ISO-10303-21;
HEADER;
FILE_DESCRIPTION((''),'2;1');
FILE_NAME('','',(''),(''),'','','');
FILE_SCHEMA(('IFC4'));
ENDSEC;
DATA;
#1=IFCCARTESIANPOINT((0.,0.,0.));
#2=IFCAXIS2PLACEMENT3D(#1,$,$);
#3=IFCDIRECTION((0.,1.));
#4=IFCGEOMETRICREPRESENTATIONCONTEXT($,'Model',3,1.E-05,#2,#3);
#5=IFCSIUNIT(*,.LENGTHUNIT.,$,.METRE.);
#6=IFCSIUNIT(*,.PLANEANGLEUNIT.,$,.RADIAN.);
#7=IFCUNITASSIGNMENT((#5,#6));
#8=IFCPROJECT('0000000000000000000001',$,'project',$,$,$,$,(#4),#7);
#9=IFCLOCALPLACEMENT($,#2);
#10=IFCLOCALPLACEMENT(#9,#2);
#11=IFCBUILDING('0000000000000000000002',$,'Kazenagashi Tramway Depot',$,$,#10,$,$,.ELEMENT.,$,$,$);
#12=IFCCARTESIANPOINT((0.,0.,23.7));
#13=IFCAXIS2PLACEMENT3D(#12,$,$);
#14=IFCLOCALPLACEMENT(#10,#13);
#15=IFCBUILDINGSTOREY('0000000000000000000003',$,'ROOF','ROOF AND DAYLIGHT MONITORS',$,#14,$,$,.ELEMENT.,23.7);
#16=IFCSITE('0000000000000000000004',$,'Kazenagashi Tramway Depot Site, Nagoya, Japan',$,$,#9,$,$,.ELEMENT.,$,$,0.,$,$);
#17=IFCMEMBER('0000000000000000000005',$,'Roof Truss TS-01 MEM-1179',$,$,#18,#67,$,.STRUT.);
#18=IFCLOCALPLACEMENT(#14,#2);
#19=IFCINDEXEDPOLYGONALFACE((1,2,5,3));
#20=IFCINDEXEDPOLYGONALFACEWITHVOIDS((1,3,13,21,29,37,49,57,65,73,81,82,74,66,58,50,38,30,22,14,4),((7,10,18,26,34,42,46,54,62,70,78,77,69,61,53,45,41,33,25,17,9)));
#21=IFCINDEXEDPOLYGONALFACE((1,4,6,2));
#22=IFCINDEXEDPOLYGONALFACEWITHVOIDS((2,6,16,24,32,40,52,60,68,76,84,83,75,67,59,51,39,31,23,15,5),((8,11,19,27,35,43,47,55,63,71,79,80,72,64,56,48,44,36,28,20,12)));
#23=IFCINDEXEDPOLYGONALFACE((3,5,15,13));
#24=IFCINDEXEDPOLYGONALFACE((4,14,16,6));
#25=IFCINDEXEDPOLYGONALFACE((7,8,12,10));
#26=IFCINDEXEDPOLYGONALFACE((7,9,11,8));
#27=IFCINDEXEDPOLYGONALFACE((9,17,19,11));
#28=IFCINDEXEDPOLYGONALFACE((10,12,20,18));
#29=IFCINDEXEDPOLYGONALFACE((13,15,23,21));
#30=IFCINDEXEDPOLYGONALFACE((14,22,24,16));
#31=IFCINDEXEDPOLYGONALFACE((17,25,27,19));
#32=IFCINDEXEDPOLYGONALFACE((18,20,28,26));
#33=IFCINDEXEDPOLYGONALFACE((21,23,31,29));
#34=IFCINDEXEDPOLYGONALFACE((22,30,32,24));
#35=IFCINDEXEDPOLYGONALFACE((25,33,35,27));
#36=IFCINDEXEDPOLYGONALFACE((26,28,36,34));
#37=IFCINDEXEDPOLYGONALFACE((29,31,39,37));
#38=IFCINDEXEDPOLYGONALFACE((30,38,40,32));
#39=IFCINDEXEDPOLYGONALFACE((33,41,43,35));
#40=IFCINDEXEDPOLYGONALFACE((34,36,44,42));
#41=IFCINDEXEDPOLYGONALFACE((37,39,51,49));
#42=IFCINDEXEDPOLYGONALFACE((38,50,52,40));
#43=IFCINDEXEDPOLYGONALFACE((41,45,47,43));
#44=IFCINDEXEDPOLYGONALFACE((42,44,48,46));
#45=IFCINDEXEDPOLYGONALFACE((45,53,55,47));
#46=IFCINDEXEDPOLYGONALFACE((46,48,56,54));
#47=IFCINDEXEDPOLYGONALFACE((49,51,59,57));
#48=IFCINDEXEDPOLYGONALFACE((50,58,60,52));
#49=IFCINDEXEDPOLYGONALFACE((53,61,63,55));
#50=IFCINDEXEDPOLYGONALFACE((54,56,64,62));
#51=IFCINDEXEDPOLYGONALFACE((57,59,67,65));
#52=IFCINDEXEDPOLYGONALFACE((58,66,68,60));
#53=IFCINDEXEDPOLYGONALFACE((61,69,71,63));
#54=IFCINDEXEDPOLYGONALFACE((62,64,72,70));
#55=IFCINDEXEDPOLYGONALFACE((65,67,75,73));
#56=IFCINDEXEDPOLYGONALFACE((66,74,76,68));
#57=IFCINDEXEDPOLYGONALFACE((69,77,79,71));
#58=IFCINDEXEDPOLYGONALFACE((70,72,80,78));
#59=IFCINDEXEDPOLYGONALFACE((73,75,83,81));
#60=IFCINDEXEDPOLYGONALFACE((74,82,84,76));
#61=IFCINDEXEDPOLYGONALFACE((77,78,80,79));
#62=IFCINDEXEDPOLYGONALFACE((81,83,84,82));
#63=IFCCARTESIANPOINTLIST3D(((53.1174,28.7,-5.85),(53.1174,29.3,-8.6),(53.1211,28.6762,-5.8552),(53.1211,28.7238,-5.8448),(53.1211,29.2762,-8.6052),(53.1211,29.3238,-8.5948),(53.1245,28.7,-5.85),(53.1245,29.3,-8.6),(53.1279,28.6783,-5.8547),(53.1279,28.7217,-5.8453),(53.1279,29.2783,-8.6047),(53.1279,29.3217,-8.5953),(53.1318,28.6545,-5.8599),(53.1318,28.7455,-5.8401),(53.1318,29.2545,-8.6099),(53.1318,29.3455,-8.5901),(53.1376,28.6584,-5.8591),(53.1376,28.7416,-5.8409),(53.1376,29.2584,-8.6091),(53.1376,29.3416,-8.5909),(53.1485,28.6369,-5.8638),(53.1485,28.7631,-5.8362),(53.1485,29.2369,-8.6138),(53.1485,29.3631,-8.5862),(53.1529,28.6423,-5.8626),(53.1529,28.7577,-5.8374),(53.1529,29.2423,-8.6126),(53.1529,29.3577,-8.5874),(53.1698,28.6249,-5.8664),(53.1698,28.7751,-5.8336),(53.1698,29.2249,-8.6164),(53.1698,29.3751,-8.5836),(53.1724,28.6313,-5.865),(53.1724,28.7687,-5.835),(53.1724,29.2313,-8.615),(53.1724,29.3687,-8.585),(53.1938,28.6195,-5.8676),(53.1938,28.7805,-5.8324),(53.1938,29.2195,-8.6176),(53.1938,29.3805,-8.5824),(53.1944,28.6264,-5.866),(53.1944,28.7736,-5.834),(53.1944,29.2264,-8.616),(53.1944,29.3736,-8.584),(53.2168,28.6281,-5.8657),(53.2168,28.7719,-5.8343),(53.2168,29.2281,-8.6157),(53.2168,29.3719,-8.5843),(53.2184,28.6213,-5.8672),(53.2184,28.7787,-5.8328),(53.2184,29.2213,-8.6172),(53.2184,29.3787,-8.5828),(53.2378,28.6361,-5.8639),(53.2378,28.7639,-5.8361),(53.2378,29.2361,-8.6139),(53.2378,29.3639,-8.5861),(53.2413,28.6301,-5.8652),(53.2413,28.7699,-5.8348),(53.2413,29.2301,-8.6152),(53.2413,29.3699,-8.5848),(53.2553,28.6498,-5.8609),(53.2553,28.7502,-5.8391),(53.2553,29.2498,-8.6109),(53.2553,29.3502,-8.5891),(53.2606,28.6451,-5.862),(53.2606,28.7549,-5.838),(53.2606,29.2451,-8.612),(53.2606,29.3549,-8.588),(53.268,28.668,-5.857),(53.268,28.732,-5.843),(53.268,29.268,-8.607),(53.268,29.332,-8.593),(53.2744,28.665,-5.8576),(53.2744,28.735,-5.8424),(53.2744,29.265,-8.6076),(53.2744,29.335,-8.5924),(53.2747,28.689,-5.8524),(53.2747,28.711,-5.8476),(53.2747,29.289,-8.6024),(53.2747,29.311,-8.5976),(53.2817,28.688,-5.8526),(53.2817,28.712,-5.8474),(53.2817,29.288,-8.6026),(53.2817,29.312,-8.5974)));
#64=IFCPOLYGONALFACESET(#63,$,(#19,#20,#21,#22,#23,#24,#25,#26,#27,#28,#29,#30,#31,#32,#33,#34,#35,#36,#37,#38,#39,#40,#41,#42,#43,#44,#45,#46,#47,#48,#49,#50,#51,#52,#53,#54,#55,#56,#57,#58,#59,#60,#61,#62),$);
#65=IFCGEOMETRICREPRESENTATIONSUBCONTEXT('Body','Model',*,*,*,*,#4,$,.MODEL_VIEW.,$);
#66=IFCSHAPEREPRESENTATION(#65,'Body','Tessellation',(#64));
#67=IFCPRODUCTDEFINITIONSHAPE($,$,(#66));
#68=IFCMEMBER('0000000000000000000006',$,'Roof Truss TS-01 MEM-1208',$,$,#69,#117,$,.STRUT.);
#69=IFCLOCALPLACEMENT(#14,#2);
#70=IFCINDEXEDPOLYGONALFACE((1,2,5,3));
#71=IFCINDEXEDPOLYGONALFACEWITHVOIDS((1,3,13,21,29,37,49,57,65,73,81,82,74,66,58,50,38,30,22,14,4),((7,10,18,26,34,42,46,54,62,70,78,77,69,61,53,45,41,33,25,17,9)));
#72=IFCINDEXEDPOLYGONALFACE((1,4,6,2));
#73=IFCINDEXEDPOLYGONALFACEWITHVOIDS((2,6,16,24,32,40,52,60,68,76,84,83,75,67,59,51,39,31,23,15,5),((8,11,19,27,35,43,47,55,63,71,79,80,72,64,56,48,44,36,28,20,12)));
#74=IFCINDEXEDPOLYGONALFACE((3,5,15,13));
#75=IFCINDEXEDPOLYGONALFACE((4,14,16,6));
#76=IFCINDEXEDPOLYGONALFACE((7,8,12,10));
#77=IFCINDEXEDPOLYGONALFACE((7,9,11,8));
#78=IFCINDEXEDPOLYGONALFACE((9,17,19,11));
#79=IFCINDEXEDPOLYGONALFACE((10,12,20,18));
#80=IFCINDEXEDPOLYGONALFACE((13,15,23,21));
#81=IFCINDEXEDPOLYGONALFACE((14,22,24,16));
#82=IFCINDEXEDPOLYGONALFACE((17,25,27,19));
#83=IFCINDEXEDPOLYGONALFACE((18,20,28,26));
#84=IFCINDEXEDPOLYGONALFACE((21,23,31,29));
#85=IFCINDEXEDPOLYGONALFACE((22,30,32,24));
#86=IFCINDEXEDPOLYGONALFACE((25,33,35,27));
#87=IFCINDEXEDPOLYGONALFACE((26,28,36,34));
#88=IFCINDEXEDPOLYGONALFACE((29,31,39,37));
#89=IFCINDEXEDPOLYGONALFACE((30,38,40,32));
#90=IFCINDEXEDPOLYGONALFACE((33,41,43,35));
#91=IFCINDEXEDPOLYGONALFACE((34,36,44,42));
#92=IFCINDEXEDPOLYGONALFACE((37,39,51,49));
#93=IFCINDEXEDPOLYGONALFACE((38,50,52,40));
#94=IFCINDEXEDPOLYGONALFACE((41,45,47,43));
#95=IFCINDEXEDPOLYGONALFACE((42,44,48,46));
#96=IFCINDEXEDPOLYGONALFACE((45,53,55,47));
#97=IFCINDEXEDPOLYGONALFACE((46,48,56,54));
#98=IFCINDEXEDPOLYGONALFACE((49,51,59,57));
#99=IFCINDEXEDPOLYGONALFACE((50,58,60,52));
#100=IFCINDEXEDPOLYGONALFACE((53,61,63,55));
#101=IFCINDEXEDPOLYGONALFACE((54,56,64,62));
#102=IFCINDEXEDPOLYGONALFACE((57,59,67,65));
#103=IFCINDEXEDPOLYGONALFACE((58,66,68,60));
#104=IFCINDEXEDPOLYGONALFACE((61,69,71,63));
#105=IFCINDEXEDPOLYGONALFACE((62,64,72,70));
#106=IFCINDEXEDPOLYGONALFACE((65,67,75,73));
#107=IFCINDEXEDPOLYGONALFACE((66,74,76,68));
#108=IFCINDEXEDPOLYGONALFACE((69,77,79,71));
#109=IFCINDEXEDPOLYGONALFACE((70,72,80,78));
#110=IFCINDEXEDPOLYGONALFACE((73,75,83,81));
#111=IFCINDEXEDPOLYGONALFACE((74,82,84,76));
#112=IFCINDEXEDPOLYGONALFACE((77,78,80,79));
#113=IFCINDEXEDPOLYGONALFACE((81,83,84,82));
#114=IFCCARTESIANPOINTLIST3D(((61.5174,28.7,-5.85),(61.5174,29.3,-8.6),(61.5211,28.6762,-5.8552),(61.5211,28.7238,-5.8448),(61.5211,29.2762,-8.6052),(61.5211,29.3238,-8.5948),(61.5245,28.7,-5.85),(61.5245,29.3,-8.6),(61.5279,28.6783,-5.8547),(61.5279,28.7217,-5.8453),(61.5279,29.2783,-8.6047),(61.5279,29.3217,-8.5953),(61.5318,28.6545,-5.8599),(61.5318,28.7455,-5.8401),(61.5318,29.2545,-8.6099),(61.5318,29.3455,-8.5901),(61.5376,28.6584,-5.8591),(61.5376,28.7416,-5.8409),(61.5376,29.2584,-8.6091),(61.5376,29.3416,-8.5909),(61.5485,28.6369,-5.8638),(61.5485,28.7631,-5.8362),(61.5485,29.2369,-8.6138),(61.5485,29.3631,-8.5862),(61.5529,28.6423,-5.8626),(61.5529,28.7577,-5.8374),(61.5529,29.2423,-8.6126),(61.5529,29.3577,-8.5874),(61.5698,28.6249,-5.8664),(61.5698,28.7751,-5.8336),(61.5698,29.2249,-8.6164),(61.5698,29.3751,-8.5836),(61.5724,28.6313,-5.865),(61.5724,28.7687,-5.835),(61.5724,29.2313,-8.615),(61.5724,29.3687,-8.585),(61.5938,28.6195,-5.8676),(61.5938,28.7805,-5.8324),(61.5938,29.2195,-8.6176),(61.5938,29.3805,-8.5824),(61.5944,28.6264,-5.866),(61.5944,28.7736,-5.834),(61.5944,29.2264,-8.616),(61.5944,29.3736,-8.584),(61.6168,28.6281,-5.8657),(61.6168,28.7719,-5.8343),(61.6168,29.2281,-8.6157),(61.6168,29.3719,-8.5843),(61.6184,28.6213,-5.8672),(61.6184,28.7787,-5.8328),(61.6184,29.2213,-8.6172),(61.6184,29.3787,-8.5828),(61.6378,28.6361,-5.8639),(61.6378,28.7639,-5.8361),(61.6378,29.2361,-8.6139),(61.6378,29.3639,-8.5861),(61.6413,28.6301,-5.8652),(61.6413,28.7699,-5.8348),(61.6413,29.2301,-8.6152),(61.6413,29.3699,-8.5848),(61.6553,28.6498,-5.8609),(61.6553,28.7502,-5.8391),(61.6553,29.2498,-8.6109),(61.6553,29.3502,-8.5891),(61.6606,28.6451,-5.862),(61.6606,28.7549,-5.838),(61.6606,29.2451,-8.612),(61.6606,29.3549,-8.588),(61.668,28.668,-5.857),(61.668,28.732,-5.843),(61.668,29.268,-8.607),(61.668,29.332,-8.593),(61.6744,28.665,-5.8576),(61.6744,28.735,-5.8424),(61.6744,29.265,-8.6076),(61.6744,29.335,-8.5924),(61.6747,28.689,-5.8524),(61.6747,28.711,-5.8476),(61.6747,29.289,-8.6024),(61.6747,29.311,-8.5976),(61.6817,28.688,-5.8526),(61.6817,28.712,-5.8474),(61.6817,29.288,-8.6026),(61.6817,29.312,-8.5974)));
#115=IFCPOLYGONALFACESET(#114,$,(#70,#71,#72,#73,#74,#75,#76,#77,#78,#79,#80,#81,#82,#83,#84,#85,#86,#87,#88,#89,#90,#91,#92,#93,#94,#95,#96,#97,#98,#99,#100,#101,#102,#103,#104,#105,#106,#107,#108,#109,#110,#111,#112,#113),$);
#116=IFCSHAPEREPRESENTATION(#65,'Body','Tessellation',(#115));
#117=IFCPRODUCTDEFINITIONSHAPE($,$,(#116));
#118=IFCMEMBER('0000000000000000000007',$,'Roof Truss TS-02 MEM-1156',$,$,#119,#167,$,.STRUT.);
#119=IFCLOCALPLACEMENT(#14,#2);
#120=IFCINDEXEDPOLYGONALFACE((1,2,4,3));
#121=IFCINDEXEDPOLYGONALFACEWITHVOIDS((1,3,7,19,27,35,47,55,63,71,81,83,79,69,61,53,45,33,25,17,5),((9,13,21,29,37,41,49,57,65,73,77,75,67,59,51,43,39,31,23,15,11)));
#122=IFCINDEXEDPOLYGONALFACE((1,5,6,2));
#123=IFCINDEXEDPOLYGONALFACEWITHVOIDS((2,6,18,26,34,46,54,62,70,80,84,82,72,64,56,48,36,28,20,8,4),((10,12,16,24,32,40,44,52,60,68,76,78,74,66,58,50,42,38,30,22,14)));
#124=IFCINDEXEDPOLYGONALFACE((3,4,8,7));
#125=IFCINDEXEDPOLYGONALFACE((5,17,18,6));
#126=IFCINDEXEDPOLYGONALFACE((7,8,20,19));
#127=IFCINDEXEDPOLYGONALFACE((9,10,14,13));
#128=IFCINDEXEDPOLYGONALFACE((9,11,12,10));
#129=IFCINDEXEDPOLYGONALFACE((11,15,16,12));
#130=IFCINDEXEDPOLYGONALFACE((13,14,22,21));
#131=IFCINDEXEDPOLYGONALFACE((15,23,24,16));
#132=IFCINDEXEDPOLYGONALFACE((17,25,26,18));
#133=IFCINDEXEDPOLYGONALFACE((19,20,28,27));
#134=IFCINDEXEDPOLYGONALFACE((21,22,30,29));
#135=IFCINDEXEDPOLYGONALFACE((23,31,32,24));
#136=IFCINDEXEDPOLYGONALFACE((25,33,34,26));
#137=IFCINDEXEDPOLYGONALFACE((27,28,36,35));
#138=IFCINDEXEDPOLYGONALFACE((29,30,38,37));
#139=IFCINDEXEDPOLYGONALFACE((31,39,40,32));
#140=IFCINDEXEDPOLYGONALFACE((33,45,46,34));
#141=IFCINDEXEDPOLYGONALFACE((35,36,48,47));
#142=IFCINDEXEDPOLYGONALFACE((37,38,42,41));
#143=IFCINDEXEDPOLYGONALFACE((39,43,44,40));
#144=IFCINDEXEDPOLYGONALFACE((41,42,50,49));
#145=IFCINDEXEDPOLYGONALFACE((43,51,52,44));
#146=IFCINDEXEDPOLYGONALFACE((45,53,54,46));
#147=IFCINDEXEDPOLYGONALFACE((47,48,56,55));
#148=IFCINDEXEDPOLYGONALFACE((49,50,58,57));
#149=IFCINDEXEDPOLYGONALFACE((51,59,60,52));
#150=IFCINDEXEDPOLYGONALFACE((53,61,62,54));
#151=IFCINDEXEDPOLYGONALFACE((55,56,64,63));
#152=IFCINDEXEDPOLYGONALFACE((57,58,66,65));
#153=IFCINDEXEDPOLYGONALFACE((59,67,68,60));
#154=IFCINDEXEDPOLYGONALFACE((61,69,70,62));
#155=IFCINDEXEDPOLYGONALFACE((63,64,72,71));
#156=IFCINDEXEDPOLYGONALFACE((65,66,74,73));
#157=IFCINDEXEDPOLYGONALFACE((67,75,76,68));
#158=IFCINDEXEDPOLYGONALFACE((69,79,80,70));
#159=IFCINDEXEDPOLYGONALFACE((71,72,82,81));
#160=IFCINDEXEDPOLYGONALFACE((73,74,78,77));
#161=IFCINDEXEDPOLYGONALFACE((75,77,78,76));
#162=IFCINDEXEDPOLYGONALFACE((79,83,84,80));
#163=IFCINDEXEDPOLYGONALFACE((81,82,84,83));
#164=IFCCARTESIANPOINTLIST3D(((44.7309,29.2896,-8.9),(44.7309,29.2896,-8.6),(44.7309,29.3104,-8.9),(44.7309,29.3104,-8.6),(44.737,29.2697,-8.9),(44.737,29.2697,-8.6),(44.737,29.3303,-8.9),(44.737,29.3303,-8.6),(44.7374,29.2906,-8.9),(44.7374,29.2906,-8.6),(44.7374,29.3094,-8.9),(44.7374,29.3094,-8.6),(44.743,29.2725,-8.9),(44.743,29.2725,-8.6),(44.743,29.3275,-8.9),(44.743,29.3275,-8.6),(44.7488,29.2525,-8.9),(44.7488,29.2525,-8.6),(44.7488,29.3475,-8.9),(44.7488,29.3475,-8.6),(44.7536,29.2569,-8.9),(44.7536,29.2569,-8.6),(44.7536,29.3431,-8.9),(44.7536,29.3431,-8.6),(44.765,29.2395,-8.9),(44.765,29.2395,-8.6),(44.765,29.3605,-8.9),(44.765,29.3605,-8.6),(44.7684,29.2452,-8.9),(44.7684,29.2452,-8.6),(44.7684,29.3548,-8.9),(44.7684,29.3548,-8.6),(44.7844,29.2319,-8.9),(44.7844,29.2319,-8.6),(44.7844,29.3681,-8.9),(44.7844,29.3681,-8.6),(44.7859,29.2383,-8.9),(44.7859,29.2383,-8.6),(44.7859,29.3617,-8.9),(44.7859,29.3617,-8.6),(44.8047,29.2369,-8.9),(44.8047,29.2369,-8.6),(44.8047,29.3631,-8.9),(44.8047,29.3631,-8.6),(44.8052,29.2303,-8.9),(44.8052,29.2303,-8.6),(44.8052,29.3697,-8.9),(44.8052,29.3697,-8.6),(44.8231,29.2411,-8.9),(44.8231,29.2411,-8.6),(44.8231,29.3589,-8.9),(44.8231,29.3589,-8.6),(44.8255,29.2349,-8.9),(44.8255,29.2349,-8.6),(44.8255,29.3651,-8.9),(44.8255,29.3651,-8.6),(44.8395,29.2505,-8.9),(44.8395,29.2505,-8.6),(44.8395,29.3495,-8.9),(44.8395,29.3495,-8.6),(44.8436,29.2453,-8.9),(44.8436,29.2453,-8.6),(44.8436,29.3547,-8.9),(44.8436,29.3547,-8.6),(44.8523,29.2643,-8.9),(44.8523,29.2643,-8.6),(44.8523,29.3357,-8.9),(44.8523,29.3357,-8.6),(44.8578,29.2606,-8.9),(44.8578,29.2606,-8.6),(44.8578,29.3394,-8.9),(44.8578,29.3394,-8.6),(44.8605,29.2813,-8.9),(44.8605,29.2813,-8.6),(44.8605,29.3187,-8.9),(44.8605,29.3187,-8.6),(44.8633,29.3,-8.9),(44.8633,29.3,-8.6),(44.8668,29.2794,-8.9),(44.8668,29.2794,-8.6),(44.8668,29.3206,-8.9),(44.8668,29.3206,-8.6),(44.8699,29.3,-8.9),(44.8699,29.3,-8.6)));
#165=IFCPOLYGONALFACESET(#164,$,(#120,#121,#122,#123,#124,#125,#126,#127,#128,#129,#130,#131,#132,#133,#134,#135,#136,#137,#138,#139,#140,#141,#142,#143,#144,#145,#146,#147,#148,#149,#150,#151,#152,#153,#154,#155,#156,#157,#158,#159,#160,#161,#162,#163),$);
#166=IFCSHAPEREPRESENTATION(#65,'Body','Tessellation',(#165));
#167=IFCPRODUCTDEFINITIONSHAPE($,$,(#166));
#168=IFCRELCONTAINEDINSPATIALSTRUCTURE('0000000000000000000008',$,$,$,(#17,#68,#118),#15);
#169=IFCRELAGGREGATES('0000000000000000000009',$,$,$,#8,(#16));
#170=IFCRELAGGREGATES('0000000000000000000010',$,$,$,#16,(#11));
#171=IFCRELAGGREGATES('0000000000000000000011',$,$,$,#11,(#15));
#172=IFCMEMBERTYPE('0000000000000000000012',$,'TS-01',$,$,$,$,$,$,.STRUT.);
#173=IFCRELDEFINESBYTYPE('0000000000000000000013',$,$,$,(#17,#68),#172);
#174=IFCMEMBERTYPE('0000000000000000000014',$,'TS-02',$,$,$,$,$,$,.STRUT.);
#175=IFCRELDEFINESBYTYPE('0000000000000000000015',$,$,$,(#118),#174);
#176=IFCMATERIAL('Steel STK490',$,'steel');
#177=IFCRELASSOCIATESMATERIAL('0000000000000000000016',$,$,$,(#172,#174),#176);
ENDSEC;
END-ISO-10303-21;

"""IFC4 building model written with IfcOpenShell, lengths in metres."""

from ifc_helpers import new_model, si_unit, direction, frame, origin, origin_2d, place, context, subcontext, project, spatial, hollow_circle, extrude, material, material_profile, profile_set, type_object, element, save


model = new_model("IFC4")

# Units and contexts
model_context = context("Model", 3, precision=1e-05, world=origin(), true_north=direction((0.0, 1.0)))
body_context = subcontext(model_context, "Body", "Model", "MODEL_VIEW")
ifc_project = project(units=[si_unit("LENGTHUNIT", "METRE"), si_unit("PLANEANGLEUNIT", "RADIAN")], contexts=[model_context])

# Site, building, storey
site_placement = place(None, origin())
site = spatial("IfcSite", under=ifc_project, at=site_placement, Name="Kazenagashi Tramway Depot Site, Nagoya, Japan", CompositionType="ELEMENT", RefElevation=0.0)
building_placement = place(site_placement, origin())
building = spatial("IfcBuilding", under=site, at=building_placement, Name="Kazenagashi Tramway Depot", CompositionType="ELEMENT")
storey_placement = place(building_placement, frame((0.0, 0.0, 23.7)))
storey = spatial("IfcBuildingStorey", under=building, at=storey_placement, Name="ROOF", Description="ROOF AND DAYLIGHT MONITORS", CompositionType="ELEMENT", Elevation=23.7)

# Members
ifc_material_1 = material(Name="Steel STK490", Category="steel")
ifc_material_profile_1 = material_profile(ifc_material_1, hollow_circle(Radius=0.0826, WallThickness=0.0071, at=origin_2d()), Name="CHS-165.2x7.1")
ifc_profile_set_1 = profile_set([ifc_material_profile_1], Name="Steel STK490")
member_type_1 = type_object("IfcMemberType", Name="TS-01", PredefinedType="STRUT", material=ifc_profile_set_1)
for number, where, z_axis, x_axis, name in (
    (1, (53.2, 28.7, -5.85), (0.0, 0.213167, -0.977016), (-1.0, 0.0, 0.0), "Roof Truss TS-01 MEM-1179"),
    (2, (61.6, 28.7, -5.85), (0.0, 0.213167, -0.977016), (-1.0, 0.0, 0.0), "Roof Truss TS-01 MEM-1208"),
):
    element("IfcMember", number, at=place(storey_placement, frame(where, z_axis=z_axis, x_axis=x_axis)), inside=storey, type_object=member_type_1, Name=name, PredefinedType="STRUT", context=body_context, shape_type="SweptSolid", body=[
        extrude(hollow_circle(Radius=0.0826, WallThickness=0.0071, at=origin_2d()), origin(), (0.0, 0.0, 1.0), 2.8147),
    ])
ifc_material_profile_2 = material_profile(ifc_material_1, hollow_circle(Radius=0.0699, WallThickness=0.0066, at=origin_2d()), Name="CHS-139.8x6.6")
ifc_profile_set_2 = profile_set([ifc_material_profile_2], Name="Steel STK490")
member_type_2 = type_object("IfcMemberType", Name="TS-02", PredefinedType="STRUT", material=ifc_profile_set_2)
member_1_placement = place(storey_placement, frame((44.8, 29.3, -8.9), z_axis=(0.0, 0.0, 1.0), x_axis=(1.0, 0.0, 0.0)))
element("IfcMember", 3, at=member_1_placement, inside=storey, type_object=member_type_2, Name="Roof Truss TS-02 MEM-1156", PredefinedType="STRUT", context=body_context, shape_type="SweptSolid", body=[
    extrude(hollow_circle(Radius=0.0699, WallThickness=0.0066, at=origin_2d()), origin(), (0.0, 0.0, 1.0), 0.3),
])

save(model, "model.ifc")
